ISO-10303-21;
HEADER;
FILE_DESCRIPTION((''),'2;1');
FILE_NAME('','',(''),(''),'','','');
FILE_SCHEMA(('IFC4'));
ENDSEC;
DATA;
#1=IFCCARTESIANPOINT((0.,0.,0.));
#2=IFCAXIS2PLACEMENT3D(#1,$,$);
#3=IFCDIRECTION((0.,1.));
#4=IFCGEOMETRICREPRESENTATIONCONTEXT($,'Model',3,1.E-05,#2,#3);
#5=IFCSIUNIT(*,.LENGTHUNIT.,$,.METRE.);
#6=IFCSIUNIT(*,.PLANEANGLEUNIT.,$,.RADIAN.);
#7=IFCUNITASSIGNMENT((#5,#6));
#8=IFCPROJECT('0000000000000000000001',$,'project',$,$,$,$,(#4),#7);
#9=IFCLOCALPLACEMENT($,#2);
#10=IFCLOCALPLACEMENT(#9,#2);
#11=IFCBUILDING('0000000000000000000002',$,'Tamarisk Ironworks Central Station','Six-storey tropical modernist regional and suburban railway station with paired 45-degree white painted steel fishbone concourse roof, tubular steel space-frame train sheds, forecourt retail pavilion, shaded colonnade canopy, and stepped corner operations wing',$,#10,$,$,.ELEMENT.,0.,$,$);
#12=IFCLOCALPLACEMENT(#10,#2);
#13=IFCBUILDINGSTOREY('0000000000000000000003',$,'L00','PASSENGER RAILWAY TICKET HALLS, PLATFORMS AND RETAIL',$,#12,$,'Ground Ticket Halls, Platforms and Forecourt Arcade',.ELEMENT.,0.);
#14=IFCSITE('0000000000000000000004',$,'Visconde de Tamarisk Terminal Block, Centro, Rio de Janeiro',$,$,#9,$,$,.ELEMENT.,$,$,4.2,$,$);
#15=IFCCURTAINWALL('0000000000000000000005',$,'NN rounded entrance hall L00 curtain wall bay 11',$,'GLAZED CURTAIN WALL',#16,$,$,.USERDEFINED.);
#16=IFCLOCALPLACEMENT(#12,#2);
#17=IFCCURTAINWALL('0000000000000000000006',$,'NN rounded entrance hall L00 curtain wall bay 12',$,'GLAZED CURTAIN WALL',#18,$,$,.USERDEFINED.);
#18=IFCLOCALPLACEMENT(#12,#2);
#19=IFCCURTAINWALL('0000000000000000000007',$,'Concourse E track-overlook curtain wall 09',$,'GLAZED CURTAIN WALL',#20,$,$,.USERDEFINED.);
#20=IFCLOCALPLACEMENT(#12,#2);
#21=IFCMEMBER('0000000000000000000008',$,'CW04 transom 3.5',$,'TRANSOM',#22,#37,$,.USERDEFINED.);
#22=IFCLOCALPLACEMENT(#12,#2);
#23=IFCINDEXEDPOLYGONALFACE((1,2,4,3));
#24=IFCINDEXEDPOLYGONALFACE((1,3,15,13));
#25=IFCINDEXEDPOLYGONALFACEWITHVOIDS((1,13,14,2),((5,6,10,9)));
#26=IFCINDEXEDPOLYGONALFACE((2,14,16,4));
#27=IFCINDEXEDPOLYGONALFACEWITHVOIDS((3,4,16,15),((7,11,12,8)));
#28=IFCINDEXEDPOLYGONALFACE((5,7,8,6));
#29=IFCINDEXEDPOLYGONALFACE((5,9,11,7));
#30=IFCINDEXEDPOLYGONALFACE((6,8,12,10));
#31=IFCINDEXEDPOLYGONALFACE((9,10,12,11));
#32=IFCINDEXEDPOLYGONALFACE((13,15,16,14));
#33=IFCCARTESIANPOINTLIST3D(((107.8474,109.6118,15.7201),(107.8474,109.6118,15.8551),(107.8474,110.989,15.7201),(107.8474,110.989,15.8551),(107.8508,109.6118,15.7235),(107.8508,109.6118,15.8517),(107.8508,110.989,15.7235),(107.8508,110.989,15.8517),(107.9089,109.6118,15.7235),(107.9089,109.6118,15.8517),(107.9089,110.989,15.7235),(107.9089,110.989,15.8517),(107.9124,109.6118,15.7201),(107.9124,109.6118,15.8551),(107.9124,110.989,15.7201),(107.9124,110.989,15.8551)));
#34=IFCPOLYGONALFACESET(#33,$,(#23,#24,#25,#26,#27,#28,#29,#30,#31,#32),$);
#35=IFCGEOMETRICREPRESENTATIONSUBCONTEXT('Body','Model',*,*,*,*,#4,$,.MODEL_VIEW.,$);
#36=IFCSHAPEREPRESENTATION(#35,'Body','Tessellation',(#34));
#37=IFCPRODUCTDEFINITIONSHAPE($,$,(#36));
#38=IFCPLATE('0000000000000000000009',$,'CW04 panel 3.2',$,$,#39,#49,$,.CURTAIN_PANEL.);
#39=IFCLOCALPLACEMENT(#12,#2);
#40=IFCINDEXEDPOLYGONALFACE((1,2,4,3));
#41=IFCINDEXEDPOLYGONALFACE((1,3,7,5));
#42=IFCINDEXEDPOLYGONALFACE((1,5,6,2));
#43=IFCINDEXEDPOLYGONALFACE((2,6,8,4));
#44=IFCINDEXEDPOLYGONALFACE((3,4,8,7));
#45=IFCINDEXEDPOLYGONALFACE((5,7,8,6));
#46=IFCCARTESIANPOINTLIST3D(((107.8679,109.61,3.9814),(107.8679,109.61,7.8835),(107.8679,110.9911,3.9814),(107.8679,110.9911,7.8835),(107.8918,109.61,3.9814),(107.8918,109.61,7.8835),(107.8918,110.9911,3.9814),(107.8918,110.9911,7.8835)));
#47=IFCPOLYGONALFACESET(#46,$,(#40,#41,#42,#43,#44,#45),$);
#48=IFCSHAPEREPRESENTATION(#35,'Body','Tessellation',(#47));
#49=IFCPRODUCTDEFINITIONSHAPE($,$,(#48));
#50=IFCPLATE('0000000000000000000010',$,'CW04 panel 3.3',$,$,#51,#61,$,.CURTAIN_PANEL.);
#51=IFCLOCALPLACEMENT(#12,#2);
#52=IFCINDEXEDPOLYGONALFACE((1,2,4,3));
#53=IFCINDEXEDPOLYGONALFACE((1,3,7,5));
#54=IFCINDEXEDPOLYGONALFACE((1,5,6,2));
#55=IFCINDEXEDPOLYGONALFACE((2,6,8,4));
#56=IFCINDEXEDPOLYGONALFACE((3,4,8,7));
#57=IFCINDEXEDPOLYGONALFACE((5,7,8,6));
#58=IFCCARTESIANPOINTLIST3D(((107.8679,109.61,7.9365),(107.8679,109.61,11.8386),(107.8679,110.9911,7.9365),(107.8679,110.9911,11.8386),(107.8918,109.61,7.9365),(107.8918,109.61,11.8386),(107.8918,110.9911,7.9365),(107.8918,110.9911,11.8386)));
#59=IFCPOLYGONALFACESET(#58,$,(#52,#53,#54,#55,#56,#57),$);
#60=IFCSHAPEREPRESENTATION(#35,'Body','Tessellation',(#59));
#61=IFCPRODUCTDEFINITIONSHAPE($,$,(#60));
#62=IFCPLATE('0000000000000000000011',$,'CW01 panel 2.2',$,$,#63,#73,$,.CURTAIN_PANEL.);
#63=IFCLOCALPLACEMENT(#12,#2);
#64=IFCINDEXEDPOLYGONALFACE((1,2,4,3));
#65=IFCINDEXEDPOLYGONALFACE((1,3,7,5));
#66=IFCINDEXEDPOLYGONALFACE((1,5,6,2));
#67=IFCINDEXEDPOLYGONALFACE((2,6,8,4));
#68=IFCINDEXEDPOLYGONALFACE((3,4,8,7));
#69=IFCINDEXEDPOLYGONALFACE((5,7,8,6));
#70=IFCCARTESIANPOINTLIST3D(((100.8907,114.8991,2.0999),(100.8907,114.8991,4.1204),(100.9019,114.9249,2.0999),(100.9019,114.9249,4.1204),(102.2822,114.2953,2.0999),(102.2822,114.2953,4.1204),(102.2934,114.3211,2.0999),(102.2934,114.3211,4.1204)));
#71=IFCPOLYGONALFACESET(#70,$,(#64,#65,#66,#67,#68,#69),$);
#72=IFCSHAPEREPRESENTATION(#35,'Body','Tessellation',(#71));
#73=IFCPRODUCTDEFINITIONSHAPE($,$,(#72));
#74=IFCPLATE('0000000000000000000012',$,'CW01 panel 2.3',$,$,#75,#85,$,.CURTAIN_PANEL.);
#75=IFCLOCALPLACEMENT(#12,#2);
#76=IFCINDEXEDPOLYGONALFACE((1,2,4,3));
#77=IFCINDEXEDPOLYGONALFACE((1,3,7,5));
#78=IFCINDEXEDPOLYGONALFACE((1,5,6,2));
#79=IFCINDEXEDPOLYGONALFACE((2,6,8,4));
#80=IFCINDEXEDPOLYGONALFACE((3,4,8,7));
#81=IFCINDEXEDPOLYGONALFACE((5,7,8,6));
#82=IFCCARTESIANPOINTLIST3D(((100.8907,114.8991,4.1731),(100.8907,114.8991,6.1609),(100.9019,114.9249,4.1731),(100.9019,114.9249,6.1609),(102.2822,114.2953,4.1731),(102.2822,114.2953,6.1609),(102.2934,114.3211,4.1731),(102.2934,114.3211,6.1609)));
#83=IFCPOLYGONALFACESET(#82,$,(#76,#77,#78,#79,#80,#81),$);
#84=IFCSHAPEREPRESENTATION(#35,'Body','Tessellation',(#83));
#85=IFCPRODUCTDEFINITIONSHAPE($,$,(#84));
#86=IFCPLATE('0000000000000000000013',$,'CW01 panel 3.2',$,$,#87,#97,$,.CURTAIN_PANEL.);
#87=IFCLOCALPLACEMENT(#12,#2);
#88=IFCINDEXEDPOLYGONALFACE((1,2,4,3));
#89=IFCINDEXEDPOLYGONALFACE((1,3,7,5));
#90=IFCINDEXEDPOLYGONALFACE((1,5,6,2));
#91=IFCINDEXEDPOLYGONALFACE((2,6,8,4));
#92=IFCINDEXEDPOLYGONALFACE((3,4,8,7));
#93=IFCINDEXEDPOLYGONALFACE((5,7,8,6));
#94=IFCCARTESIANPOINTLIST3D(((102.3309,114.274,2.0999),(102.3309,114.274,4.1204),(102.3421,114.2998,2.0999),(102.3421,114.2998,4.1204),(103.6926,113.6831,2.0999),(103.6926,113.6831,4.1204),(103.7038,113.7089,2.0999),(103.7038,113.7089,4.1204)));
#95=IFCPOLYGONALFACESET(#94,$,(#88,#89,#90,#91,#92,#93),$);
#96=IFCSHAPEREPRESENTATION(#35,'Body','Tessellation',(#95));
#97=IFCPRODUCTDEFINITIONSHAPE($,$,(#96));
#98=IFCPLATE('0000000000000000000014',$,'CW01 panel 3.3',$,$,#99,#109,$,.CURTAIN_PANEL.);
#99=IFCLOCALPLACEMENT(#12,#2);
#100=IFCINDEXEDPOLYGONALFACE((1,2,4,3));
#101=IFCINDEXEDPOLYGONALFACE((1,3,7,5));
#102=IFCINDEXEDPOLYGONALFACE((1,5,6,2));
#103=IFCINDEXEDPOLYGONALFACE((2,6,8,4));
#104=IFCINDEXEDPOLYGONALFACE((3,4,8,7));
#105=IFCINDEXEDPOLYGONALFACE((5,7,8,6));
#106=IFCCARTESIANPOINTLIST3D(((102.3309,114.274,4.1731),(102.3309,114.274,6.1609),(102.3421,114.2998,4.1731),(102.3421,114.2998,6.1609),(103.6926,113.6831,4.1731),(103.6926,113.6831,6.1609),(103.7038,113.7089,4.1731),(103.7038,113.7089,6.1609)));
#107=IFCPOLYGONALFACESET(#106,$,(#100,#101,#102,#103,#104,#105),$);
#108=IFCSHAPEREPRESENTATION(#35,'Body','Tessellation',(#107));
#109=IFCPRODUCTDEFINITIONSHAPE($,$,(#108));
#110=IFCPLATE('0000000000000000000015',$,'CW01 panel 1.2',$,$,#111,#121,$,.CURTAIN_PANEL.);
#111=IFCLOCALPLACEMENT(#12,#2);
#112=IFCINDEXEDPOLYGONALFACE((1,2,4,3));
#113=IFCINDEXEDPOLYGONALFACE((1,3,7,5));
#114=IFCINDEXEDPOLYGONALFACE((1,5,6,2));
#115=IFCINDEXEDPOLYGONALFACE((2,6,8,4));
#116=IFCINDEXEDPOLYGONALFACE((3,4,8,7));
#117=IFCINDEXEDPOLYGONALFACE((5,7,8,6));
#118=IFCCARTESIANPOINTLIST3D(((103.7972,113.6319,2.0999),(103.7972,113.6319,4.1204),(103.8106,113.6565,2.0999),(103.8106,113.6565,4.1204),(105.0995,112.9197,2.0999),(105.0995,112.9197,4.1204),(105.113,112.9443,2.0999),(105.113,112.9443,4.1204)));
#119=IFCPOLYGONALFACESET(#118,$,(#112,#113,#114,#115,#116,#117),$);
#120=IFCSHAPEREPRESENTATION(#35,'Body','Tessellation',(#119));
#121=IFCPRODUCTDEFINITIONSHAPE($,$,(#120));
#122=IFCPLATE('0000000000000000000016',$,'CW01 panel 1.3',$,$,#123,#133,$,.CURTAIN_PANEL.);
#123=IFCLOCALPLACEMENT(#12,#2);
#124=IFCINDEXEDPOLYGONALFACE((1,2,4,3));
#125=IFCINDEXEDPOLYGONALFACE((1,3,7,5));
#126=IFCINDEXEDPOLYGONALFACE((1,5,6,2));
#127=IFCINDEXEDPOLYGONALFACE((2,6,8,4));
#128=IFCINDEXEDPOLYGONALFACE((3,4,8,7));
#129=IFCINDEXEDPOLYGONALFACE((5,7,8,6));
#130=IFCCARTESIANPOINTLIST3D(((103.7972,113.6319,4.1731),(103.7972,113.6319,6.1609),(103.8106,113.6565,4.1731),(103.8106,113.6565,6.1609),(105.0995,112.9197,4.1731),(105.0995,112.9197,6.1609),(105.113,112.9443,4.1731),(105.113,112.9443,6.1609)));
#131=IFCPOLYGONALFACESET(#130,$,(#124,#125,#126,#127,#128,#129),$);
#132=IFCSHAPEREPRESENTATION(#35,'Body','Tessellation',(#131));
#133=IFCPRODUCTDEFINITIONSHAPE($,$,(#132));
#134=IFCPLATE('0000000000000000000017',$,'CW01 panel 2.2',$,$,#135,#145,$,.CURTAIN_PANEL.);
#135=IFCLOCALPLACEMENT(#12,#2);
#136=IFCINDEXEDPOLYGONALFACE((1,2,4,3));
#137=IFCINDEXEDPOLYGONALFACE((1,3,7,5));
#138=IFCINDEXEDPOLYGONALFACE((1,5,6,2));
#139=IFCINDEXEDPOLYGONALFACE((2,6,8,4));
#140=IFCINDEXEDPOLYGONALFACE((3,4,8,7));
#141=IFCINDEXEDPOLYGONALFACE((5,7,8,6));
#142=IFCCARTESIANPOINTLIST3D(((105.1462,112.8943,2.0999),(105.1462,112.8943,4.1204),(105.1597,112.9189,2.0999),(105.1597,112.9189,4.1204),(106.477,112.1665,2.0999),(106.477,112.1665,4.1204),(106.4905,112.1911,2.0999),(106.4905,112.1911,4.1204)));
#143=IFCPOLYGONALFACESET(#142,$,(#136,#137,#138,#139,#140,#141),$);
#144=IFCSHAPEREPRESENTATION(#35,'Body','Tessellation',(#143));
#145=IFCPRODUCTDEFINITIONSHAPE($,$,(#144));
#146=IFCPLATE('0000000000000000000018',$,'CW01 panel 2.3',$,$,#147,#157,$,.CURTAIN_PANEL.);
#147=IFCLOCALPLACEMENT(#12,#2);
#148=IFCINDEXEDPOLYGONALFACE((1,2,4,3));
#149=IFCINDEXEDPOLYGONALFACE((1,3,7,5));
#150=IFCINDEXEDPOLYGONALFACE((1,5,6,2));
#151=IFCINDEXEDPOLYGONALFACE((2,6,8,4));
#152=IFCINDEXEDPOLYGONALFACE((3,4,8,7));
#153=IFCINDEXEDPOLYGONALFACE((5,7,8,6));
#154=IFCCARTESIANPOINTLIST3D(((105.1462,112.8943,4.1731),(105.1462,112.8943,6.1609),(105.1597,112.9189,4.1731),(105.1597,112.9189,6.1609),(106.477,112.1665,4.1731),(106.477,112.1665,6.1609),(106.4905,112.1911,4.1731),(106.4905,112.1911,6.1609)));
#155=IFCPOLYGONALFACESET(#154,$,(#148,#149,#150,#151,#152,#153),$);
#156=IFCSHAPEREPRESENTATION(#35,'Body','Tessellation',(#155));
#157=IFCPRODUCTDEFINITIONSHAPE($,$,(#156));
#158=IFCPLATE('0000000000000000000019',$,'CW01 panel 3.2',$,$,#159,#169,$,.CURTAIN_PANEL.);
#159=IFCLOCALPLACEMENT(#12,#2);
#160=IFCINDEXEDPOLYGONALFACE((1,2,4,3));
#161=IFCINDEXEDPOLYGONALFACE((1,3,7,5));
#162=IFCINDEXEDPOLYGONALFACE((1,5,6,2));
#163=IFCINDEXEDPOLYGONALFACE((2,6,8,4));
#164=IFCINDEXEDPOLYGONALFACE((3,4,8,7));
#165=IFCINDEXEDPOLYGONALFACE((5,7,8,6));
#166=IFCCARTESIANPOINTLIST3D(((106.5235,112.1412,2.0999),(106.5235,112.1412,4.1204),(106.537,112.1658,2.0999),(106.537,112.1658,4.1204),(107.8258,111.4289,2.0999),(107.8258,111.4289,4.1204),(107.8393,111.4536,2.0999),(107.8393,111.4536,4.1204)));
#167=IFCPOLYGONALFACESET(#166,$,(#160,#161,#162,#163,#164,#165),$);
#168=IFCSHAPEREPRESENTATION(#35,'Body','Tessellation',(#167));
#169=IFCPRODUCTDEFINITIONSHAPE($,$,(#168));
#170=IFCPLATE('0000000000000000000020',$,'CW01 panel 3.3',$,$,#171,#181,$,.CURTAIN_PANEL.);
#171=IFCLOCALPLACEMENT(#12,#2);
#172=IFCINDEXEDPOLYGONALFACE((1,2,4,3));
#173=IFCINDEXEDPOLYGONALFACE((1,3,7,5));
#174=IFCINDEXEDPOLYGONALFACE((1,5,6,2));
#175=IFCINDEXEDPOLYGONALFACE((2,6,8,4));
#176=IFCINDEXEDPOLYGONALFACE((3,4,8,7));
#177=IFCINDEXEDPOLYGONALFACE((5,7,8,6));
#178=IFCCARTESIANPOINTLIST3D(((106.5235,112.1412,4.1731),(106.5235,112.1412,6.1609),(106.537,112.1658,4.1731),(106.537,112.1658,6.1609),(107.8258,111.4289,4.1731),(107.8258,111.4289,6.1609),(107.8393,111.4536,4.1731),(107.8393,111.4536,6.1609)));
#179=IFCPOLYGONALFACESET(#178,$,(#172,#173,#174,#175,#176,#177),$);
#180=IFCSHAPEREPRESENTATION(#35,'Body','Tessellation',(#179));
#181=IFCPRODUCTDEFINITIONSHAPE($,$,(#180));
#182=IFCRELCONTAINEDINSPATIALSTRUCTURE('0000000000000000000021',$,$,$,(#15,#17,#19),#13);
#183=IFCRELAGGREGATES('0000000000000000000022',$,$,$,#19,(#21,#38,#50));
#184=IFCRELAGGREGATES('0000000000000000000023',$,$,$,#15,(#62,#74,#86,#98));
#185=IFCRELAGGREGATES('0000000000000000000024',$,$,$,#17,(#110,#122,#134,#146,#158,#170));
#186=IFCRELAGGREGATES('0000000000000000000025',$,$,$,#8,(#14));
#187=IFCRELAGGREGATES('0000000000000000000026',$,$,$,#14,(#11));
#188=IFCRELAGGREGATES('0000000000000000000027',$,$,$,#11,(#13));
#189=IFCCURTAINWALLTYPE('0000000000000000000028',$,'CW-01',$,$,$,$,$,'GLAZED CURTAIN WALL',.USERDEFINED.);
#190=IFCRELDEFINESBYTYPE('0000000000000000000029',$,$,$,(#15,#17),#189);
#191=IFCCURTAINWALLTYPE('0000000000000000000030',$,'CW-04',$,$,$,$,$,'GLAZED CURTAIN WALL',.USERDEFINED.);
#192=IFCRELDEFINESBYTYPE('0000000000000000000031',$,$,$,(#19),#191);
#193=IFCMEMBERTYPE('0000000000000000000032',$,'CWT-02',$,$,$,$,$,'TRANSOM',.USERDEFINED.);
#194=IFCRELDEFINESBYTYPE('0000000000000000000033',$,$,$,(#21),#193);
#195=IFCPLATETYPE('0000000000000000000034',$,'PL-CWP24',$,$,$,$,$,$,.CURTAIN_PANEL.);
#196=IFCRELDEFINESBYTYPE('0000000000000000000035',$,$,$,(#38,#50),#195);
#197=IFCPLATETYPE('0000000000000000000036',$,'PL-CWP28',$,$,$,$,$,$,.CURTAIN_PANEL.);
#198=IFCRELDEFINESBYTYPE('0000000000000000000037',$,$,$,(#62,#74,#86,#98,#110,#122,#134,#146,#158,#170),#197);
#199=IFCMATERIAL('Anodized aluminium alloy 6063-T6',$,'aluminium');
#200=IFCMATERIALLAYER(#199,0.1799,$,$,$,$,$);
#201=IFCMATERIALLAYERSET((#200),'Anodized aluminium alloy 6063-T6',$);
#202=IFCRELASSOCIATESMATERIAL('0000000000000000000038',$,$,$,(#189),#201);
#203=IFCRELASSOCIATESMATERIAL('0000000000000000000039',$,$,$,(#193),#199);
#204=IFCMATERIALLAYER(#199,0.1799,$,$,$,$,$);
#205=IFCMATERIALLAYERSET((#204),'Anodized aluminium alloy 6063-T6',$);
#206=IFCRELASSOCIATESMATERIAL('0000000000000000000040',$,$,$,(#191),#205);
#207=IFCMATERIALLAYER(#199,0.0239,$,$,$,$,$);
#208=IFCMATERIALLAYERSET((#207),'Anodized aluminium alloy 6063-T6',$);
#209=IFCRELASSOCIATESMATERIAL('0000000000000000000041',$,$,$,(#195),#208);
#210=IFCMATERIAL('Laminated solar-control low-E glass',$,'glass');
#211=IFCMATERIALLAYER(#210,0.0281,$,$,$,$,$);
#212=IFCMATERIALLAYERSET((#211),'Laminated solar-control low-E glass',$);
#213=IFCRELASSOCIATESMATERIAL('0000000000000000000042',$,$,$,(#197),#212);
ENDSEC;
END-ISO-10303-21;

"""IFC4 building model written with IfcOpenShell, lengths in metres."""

from ifc_helpers import new_model, si_unit, direction, frame, origin, origin_2d, place, context, subcontext, project, spatial, rectangle, hollow_rectangle, extrude, material, layer, layer_set, material_profile, profile_set, type_object, element, aggregate, save


model = new_model("IFC4")

# Units and contexts
model_context = context("Model", 3, precision=1e-05, world=origin(), true_north=direction((0.0, 1.0)))
body_context = subcontext(model_context, "Body", "Model", "MODEL_VIEW")
ifc_project = project(units=[si_unit("LENGTHUNIT", "METRE"), si_unit("PLANEANGLEUNIT", "RADIAN")], contexts=[model_context])

# Site, building, storey
site_placement = place(None, origin())
site = spatial("IfcSite", under=ifc_project, at=site_placement, Name="Visconde de Tamarisk Terminal Block, Centro, Rio de Janeiro", CompositionType="ELEMENT", RefElevation=4.2)
building_placement = place(site_placement, origin())
building = spatial("IfcBuilding", under=site, at=building_placement, Name="Tamarisk Ironworks Central Station", Description="Six-storey tropical modernist regional and suburban railway station with paired 45-degree white painted steel fishbone concourse roof, tubular steel space-frame train sheds, forecourt retail pavilion, shaded colonnade canopy, and stepped corner operations wing", CompositionType="ELEMENT", ElevationOfRefHeight=0.0)
storey_placement = place(building_placement, origin())
storey = spatial("IfcBuildingStorey", under=building, at=storey_placement, Name="L00", Description="PASSENGER RAILWAY TICKET HALLS, PLATFORMS AND RETAIL", LongName="Ground Ticket Halls, Platforms and Forecourt Arcade", CompositionType="ELEMENT", Elevation=0.0)

# Curtain walls
ifc_material_1 = material(Name="Anodized aluminium alloy 6063-T6", Category="aluminium")
ifc_layer_1 = layer(ifc_material_1, 0.1799)
ifc_layer_set_1 = layer_set([ifc_layer_1], Name="Anodized aluminium alloy 6063-T6")
curtain_wall_type_1 = type_object("IfcCurtainWallType", Name="CW-01", ElementType="GLAZED CURTAIN WALL", PredefinedType="USERDEFINED", material=ifc_layer_set_1)
curtain_wall_1_placement = place(storey_placement, origin())
curtain_wall_1 = element("IfcCurtainWall", 1, at=curtain_wall_1_placement, inside=storey, type_object=curtain_wall_type_1, Name="NN rounded entrance hall L00 curtain wall bay 11", ObjectType="GLAZED CURTAIN WALL", PredefinedType="USERDEFINED")
ifc_material_profile = material_profile(ifc_material_1, hollow_rectangle(XDim=0.0649, YDim=0.135, WallThickness=0.0034, at=origin_2d()), Name="ALUM 135x65")
ifc_profile_set = profile_set([ifc_material_profile], Name="Anodized aluminium alloy 6063-T6")
member_type = type_object("IfcMemberType", Name="CWT-02", ElementType="TRANSOM", PredefinedType="USERDEFINED", material=ifc_profile_set)
curtain_wall_2_placement = place(storey_placement, origin())
curtain_wall_2 = element("IfcCurtainWall", 2, at=curtain_wall_2_placement, inside=storey, type_object=curtain_wall_type_1, Name="NN rounded entrance hall L00 curtain wall bay 12", ObjectType="GLAZED CURTAIN WALL", PredefinedType="USERDEFINED")

# Curtain wall, member, plates
ifc_layer_2 = layer(ifc_material_1, 0.1799)
ifc_layer_set_2 = layer_set([ifc_layer_2], Name="Anodized aluminium alloy 6063-T6")
curtain_wall_type_2 = type_object("IfcCurtainWallType", Name="CW-04", ElementType="GLAZED CURTAIN WALL", PredefinedType="USERDEFINED", material=ifc_layer_set_2)
curtain_wall_3_placement = place(storey_placement, origin())
curtain_wall_3 = element("IfcCurtainWall", 3, at=curtain_wall_3_placement, inside=storey, type_object=curtain_wall_type_2, Name="Concourse E track-overlook curtain wall 09", ObjectType="GLAZED CURTAIN WALL", PredefinedType="USERDEFINED")
member_1_placement = place(storey_placement, frame((107.8799, 109.6118, 15.7876), z_axis=(0.0, 1.0, 0.0), x_axis=(-1.0, 0.0, 0.0)))
member_1 = element("IfcMember", 4, at=member_1_placement, type_object=member_type, Name="CW04 transom 3.5", ObjectType="TRANSOM", PredefinedType="USERDEFINED", context=body_context, shape_type="SweptSolid", body=[
    extrude(hollow_rectangle(XDim=0.0649, YDim=0.135, WallThickness=0.0034, at=origin_2d()), origin(), (0.0, 0.0, 1.0), 1.3772),
])
ifc_layer_3 = layer(ifc_material_1, 0.0239)
ifc_layer_set_3 = layer_set([ifc_layer_3], Name="Anodized aluminium alloy 6063-T6")
plate_type_1 = type_object("IfcPlateType", Name="PL-CWP24", PredefinedType="CURTAIN_PANEL", material=ifc_layer_set_3)
plate_1_placement = place(storey_placement, frame((107.8799, 110.3005, 3.9814), z_axis=(0.0, 0.0, 1.0), x_axis=(0.0, 1.0, 0.0)))
plate_1 = element("IfcPlate", 5, at=plate_1_placement, type_object=plate_type_1, Name="CW04 panel 3.2", PredefinedType="CURTAIN_PANEL", context=body_context, shape_type="SweptSolid", body=[
    extrude(rectangle(XDim=1.3811, YDim=0.0239, at=origin_2d()), origin(), (0.0, 0.0, 1.0), 3.9021),
])
plate_2_placement = place(storey_placement, frame((107.8799, 110.3005, 7.9365), z_axis=(0.0, 0.0, 1.0), x_axis=(0.0, 1.0, 0.0)))
plate_2 = element("IfcPlate", 6, at=plate_2_placement, type_object=plate_type_1, Name="CW04 panel 3.3", PredefinedType="CURTAIN_PANEL", context=body_context, shape_type="SweptSolid", body=[
    extrude(rectangle(XDim=1.3811, YDim=0.0239, at=origin_2d()), origin(), (0.0, 0.0, 1.0), 3.9021),
])
aggregate(curtain_wall_3, [member_1, plate_1, plate_2])

# Plates
ifc_material_2 = material(Name="Laminated solar-control low-E glass", Category="glass")
ifc_layer_4 = layer(ifc_material_2, 0.0281)
ifc_layer_set_4 = layer_set([ifc_layer_4], Name="Laminated solar-control low-E glass")
plate_type_2 = type_object("IfcPlateType", Name="PL-CWP28", PredefinedType="CURTAIN_PANEL", material=ifc_layer_set_4)
plate_3_placement = place(storey_placement, frame((101.592, 114.6101, 2.0999), z_axis=(0.0, 0.0, 1.0), x_axis=(0.917352, -0.398077, 0.0)))
plate_3 = element("IfcPlate", 7, at=plate_3_placement, type_object=plate_type_2, Name="CW01 panel 2.2", PredefinedType="CURTAIN_PANEL", context=body_context, shape_type="SweptSolid", body=[
    extrude(rectangle(XDim=1.5168, YDim=0.0281, at=origin_2d()), origin(), (0.0, 0.0, 1.0), 2.0205),
])
plate_4_placement = place(storey_placement, frame((101.592, 114.6101, 4.1731), z_axis=(0.0, 0.0, 1.0), x_axis=(0.917352, -0.398077, 0.0)))
plate_4 = element("IfcPlate", 8, at=plate_4_placement, type_object=plate_type_2, Name="CW01 panel 2.3", PredefinedType="CURTAIN_PANEL", context=body_context, shape_type="SweptSolid", body=[
    extrude(rectangle(XDim=1.5168, YDim=0.0281, at=origin_2d()), origin(), (0.0, 0.0, 1.0), 1.9878),
])
plate_5_placement = place(storey_placement, frame((103.0173, 113.9915, 2.0999), z_axis=(0.0, 0.0, 1.0), x_axis=(0.917352, -0.398077, 0.0)))
plate_5 = element("IfcPlate", 9, at=plate_5_placement, type_object=plate_type_2, Name="CW01 panel 3.2", PredefinedType="CURTAIN_PANEL", context=body_context, shape_type="SweptSolid", body=[
    extrude(rectangle(XDim=1.4844, YDim=0.0281, at=origin_2d()), origin(), (0.0, 0.0, 1.0), 2.0205),
])
plate_6_placement = place(storey_placement, frame((103.0173, 113.9915, 4.1731), z_axis=(0.0, 0.0, 1.0), x_axis=(0.917352, -0.398077, 0.0)))
plate_6 = element("IfcPlate", 10, at=plate_6_placement, type_object=plate_type_2, Name="CW01 panel 3.3", PredefinedType="CURTAIN_PANEL", context=body_context, shape_type="SweptSolid", body=[
    extrude(rectangle(XDim=1.4844, YDim=0.0281, at=origin_2d()), origin(), (0.0, 0.0, 1.0), 1.9878),
])
aggregate(curtain_wall_1, [plate_3, plate_4, plate_5, plate_6])
plate_7_placement = place(storey_placement, frame((104.4551, 113.2881, 2.0999), z_axis=(0.0, 0.0, 1.0), x_axis=(0.877375, -0.479805, 0.0)))
plate_7 = element("IfcPlate", 11, at=plate_7_placement, type_object=plate_type_2, Name="CW01 panel 1.2", PredefinedType="CURTAIN_PANEL", context=body_context, shape_type="SweptSolid", body=[
    extrude(rectangle(XDim=1.4844, YDim=0.0281, at=origin_2d()), origin(), (0.0, 0.0, 1.0), 2.0205),
])
plate_8_placement = place(storey_placement, frame((104.4551, 113.2881, 4.1731), z_axis=(0.0, 0.0, 1.0), x_axis=(0.877375, -0.479805, 0.0)))
plate_8 = element("IfcPlate", 12, at=plate_8_placement, type_object=plate_type_2, Name="CW01 panel 1.3", PredefinedType="CURTAIN_PANEL", context=body_context, shape_type="SweptSolid", body=[
    extrude(rectangle(XDim=1.4844, YDim=0.0281, at=origin_2d()), origin(), (0.0, 0.0, 1.0), 1.9878),
])
plate_9_placement = place(storey_placement, frame((105.8184, 112.5427, 2.0999), z_axis=(0.0, 0.0, 1.0), x_axis=(0.877375, -0.479805, 0.0)))
plate_9 = element("IfcPlate", 13, at=plate_9_placement, type_object=plate_type_2, Name="CW01 panel 2.2", PredefinedType="CURTAIN_PANEL", context=body_context, shape_type="SweptSolid", body=[
    extrude(rectangle(XDim=1.5168, YDim=0.0281, at=origin_2d()), origin(), (0.0, 0.0, 1.0), 2.0205),
])
plate_10_placement = place(storey_placement, frame((105.8184, 112.5427, 4.1731), z_axis=(0.0, 0.0, 1.0), x_axis=(0.877375, -0.479805, 0.0)))
plate_10 = element("IfcPlate", 14, at=plate_10_placement, type_object=plate_type_2, Name="CW01 panel 2.3", PredefinedType="CURTAIN_PANEL", context=body_context, shape_type="SweptSolid", body=[
    extrude(rectangle(XDim=1.5168, YDim=0.0281, at=origin_2d()), origin(), (0.0, 0.0, 1.0), 1.9878),
])
plate_11_placement = place(storey_placement, frame((107.1814, 111.7974, 2.0999), z_axis=(0.0, 0.0, 1.0), x_axis=(0.877375, -0.479805, 0.0)))
plate_11 = element("IfcPlate", 15, at=plate_11_placement, type_object=plate_type_2, Name="CW01 panel 3.2", PredefinedType="CURTAIN_PANEL", context=body_context, shape_type="SweptSolid", body=[
    extrude(rectangle(XDim=1.4844, YDim=0.0281, at=origin_2d()), origin(), (0.0, 0.0, 1.0), 2.0205),
])
plate_12_placement = place(storey_placement, frame((107.1814, 111.7974, 4.1731), z_axis=(0.0, 0.0, 1.0), x_axis=(0.877375, -0.479805, 0.0)))
plate_12 = element("IfcPlate", 16, at=plate_12_placement, type_object=plate_type_2, Name="CW01 panel 3.3", PredefinedType="CURTAIN_PANEL", context=body_context, shape_type="SweptSolid", body=[
    extrude(rectangle(XDim=1.4844, YDim=0.0281, at=origin_2d()), origin(), (0.0, 0.0, 1.0), 1.9878),
])
aggregate(curtain_wall_2, [plate_7, plate_8, plate_9, plate_10, plate_11, plate_12])

save(model, "model.ifc")
